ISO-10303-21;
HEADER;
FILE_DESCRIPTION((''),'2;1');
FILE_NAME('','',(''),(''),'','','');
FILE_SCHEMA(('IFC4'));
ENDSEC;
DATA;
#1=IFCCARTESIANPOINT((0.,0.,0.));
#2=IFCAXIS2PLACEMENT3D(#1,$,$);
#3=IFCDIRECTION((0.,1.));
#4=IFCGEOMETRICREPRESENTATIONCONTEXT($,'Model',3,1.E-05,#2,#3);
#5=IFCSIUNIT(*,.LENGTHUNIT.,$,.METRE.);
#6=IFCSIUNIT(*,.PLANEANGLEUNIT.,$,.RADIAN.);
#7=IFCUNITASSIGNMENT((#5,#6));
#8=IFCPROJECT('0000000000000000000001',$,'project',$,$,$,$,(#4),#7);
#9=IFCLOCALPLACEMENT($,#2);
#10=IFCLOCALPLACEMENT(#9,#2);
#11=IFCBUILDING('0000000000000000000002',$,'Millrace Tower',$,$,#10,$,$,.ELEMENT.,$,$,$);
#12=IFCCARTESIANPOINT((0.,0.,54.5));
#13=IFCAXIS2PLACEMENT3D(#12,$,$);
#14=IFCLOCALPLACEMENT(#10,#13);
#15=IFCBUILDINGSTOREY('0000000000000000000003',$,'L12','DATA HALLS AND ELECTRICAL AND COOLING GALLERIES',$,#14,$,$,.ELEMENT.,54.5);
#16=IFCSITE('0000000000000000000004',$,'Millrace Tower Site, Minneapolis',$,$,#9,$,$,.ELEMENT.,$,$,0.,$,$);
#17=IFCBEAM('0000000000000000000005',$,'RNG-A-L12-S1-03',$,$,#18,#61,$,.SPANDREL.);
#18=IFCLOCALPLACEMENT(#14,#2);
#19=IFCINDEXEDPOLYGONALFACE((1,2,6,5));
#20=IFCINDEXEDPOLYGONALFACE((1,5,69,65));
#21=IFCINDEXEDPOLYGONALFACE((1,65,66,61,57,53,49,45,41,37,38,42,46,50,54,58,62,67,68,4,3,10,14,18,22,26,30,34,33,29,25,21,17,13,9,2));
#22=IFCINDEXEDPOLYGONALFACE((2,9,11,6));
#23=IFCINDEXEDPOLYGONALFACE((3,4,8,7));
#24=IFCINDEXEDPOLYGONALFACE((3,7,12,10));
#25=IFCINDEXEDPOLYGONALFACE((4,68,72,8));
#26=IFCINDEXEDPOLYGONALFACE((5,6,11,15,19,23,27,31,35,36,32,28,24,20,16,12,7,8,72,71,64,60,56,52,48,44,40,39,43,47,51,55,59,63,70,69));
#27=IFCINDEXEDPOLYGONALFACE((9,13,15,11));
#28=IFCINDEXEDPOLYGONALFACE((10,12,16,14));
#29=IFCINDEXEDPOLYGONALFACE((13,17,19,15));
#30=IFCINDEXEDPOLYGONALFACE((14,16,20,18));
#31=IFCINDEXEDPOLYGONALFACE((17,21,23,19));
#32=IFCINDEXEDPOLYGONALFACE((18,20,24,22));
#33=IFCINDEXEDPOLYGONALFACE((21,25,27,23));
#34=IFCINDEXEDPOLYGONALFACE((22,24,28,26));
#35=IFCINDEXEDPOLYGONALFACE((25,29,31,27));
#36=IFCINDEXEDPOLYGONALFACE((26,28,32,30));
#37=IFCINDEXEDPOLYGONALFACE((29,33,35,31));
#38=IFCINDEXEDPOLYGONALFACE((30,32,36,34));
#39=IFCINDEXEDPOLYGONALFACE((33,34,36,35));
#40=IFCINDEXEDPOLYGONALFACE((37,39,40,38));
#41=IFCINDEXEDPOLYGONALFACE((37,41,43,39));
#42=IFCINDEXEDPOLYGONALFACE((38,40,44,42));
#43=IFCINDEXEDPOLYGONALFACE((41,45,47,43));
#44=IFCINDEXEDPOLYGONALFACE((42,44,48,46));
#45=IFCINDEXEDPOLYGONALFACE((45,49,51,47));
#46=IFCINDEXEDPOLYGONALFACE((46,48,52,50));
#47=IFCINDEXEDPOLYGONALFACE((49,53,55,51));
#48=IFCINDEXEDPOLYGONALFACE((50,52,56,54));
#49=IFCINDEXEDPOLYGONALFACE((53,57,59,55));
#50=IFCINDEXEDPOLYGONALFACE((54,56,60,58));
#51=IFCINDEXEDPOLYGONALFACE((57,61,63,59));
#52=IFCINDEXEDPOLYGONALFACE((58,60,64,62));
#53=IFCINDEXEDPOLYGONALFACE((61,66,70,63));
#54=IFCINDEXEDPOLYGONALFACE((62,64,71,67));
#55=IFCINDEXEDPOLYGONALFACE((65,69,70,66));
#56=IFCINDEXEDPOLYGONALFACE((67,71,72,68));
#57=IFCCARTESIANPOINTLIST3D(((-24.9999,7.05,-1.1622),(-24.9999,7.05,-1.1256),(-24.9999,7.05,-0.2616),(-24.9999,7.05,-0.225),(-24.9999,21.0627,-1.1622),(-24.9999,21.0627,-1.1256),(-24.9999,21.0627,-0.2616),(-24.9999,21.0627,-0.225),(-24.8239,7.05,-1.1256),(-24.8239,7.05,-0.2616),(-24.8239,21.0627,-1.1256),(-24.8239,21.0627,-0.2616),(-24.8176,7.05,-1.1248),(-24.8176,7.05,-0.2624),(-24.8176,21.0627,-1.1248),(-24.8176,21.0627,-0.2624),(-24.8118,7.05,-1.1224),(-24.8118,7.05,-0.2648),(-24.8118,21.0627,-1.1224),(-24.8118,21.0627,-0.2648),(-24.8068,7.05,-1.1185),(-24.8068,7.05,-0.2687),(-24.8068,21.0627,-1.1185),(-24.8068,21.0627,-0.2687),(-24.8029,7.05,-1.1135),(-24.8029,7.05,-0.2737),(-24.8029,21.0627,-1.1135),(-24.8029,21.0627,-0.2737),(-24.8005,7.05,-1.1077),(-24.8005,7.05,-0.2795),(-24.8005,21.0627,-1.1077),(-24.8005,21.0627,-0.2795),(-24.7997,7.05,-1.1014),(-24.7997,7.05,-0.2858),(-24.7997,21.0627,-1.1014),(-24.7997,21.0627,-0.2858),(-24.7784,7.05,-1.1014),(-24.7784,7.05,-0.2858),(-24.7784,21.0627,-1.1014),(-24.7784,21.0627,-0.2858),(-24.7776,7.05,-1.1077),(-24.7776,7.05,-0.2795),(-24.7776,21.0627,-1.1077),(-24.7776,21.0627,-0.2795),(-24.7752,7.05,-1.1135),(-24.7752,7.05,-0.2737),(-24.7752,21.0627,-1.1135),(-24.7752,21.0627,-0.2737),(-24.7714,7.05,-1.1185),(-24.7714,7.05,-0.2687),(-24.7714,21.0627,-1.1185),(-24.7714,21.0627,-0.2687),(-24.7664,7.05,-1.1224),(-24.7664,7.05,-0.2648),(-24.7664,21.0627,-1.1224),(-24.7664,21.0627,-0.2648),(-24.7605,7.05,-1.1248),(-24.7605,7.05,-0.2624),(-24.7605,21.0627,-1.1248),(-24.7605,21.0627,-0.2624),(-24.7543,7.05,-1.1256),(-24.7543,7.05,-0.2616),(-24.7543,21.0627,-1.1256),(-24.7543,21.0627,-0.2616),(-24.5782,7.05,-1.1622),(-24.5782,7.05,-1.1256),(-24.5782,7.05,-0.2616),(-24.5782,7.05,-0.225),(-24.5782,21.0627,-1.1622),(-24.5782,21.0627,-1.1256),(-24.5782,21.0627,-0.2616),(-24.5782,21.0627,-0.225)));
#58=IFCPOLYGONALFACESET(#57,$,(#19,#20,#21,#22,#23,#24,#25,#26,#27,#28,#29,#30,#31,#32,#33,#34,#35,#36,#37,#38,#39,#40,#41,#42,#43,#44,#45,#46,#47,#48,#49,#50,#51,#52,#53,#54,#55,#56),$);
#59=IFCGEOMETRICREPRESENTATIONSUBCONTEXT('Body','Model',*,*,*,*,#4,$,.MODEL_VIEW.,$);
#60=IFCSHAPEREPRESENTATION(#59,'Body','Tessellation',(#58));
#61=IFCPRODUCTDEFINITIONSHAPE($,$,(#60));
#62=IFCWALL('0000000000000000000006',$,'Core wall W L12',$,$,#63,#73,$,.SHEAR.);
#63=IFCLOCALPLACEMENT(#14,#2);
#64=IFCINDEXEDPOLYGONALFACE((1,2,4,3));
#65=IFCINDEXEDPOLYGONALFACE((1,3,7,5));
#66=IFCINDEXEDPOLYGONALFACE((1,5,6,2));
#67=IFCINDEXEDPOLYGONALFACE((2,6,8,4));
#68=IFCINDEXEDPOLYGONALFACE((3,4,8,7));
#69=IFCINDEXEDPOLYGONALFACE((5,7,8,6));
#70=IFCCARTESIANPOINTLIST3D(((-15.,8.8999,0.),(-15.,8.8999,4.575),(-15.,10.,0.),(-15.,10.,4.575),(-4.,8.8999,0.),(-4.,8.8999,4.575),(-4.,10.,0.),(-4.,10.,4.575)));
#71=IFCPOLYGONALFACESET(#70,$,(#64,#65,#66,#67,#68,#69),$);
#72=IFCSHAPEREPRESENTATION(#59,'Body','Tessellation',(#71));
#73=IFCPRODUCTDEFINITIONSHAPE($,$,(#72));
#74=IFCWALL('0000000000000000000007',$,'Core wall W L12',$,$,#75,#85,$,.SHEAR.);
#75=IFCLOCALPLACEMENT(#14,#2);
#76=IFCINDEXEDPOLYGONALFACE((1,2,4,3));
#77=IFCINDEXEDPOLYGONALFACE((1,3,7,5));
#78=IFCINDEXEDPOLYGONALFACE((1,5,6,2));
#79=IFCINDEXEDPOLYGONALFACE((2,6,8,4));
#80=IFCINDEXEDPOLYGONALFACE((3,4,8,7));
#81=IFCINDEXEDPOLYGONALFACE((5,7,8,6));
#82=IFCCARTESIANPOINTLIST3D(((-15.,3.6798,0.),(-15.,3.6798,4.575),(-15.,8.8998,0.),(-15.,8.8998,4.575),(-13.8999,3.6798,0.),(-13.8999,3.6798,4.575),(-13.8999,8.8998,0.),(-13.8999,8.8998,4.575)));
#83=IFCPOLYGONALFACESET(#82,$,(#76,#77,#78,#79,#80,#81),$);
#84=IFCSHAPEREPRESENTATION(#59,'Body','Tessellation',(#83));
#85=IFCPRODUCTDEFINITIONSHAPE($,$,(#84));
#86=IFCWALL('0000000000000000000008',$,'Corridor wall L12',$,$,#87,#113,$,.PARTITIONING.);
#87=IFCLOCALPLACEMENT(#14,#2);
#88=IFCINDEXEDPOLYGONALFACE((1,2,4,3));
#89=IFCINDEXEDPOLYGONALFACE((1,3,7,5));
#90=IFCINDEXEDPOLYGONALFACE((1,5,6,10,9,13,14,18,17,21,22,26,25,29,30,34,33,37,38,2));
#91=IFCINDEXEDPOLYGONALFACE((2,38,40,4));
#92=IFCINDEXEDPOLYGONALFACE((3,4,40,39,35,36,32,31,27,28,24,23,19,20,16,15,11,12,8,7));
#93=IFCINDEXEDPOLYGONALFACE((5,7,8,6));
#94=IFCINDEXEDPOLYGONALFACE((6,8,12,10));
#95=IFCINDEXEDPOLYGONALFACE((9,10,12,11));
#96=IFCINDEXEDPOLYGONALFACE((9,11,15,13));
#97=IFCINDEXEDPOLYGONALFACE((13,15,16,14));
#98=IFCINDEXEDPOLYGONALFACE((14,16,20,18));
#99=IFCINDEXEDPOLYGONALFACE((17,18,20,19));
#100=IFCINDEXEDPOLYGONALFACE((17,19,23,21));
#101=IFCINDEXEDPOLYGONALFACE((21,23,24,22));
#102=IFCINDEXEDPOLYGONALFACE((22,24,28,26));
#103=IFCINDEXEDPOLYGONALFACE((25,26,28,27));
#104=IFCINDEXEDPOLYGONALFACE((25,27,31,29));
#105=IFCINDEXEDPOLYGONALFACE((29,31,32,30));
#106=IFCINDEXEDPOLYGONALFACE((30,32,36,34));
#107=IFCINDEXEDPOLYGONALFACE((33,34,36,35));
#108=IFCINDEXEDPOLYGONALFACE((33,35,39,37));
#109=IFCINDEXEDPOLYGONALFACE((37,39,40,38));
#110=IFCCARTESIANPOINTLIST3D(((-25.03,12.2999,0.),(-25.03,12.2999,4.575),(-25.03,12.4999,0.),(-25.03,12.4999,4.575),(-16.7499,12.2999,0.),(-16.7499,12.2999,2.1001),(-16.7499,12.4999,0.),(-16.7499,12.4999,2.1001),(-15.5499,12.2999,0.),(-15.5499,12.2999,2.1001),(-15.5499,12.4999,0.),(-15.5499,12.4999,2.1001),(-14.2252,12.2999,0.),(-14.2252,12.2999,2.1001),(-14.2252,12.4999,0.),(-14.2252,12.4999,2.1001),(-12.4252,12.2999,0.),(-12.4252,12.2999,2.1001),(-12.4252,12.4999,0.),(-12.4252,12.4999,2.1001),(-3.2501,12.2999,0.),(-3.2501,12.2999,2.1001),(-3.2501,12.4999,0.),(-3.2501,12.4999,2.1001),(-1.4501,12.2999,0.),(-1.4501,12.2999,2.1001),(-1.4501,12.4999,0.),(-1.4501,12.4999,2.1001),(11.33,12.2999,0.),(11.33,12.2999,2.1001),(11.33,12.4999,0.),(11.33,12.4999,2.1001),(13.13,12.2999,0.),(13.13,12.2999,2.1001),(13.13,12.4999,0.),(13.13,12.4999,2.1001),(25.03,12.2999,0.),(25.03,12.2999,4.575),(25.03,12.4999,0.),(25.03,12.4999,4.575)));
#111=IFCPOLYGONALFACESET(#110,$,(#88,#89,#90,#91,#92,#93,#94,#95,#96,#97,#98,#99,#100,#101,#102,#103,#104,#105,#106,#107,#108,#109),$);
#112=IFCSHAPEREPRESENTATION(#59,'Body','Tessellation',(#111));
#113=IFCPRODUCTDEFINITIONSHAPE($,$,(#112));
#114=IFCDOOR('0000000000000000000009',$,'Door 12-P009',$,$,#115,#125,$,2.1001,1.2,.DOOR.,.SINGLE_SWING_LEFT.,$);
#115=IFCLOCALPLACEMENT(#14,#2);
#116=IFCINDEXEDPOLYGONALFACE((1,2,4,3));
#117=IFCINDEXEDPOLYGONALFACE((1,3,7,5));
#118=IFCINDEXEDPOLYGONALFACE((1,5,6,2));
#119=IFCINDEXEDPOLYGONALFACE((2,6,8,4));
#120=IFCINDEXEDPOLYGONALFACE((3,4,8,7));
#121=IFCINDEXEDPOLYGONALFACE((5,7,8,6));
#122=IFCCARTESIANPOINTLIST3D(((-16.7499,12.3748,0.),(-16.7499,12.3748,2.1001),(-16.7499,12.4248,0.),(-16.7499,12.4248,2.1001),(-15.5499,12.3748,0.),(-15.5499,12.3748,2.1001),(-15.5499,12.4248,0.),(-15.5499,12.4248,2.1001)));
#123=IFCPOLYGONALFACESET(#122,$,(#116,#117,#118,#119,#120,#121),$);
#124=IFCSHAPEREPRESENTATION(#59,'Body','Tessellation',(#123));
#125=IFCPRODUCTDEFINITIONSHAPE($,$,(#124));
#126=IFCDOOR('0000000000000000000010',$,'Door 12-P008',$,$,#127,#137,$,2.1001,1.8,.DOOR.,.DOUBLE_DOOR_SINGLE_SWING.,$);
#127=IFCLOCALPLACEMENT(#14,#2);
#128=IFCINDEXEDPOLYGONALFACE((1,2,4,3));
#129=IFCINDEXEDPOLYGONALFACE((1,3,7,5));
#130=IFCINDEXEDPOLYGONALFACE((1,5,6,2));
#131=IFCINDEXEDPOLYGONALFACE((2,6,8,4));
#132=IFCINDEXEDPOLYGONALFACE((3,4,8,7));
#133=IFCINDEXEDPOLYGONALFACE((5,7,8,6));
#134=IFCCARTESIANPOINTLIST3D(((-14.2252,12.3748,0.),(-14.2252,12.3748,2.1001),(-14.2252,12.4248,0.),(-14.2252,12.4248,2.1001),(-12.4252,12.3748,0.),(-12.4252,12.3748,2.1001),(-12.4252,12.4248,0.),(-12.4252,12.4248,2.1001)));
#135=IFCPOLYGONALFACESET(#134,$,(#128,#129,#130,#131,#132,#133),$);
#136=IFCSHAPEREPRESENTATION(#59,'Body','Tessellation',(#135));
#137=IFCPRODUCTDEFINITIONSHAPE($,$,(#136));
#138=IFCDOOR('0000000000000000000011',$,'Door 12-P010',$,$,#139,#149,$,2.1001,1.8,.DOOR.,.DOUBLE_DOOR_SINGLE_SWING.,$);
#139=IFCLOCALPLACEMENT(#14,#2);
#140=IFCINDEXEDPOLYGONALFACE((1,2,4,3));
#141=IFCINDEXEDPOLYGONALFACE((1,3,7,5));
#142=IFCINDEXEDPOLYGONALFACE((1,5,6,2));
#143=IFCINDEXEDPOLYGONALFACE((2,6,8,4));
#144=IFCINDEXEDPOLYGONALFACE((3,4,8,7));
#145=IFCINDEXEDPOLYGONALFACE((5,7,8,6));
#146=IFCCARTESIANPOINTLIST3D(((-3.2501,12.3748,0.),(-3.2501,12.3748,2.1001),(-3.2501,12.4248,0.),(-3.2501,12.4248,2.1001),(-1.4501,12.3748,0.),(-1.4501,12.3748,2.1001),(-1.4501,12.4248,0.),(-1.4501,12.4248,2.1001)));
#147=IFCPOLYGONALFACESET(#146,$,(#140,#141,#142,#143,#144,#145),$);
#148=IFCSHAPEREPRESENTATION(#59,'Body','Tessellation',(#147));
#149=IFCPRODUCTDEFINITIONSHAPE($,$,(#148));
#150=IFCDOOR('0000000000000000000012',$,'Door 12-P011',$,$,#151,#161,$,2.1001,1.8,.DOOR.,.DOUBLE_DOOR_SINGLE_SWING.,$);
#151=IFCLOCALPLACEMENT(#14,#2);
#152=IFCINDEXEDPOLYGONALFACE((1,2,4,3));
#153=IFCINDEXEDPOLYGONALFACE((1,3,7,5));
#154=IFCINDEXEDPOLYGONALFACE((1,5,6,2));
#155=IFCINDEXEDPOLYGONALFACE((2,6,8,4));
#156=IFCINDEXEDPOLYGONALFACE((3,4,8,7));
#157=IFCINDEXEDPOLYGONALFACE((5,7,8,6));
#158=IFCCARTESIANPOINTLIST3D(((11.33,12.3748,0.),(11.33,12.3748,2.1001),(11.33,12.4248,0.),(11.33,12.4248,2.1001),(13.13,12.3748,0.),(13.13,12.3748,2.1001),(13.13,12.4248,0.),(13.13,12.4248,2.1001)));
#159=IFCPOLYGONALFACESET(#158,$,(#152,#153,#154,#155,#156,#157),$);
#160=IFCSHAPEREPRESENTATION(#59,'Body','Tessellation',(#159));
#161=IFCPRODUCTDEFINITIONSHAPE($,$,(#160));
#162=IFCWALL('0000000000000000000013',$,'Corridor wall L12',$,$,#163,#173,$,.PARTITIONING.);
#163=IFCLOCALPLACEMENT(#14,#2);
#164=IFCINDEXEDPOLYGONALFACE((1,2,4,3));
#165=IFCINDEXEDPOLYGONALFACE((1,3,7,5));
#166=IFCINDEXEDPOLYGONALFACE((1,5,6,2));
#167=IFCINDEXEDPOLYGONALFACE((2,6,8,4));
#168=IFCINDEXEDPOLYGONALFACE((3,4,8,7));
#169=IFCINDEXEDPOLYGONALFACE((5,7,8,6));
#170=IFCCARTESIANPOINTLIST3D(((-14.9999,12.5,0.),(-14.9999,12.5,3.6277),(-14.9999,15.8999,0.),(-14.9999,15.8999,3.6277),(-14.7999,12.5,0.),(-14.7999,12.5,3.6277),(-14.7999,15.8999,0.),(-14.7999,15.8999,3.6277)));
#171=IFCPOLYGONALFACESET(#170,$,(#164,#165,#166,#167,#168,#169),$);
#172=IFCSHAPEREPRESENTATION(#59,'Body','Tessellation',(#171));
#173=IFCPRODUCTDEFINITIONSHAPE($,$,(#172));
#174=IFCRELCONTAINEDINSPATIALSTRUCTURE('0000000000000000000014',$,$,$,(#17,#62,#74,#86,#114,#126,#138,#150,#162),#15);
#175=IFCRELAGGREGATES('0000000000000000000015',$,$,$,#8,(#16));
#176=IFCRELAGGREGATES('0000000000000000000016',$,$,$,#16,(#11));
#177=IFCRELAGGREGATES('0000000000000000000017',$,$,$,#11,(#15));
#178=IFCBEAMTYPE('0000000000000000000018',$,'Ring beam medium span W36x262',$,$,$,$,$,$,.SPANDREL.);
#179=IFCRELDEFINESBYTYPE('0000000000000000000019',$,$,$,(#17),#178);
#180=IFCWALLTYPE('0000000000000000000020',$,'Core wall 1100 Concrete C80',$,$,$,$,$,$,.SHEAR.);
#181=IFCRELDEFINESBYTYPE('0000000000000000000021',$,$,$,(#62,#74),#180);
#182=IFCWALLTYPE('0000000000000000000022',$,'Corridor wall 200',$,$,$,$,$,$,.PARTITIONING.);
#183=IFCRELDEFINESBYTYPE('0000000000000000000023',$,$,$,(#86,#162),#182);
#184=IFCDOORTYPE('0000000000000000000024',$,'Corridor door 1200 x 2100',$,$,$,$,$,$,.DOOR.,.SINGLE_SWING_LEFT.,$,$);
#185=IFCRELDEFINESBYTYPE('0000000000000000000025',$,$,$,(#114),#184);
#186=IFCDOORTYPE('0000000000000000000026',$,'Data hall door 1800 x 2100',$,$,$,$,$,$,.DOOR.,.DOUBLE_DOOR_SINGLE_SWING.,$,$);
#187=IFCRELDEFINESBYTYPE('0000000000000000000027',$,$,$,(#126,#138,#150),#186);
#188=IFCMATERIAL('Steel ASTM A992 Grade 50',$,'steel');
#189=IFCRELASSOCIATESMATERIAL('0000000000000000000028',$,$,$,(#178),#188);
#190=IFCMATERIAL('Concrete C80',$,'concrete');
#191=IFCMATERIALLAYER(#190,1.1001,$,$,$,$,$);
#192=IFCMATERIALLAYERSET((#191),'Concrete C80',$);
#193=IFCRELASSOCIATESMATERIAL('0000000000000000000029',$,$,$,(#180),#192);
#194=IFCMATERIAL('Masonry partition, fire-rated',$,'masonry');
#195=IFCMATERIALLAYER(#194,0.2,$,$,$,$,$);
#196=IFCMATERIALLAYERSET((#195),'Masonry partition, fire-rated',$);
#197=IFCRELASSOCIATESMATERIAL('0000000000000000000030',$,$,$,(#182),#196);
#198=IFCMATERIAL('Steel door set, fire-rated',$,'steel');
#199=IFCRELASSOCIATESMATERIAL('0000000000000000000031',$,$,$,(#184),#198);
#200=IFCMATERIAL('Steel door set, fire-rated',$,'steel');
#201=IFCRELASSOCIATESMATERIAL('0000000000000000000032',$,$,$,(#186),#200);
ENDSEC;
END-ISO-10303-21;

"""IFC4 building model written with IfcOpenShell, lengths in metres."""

from ifc_helpers import new_model, si_unit, direction, frame, frame_2d, origin, origin_2d, place, context, subcontext, project, spatial, rectangle, i_section, extrude, material, layer, layer_set, material_profile, profile_set, type_object, element, fill, save


model = new_model("IFC4")

# Units and contexts
model_context = context("Model", 3, precision=1e-05, world=origin(), true_north=direction((0.0, 1.0)))
body_context = subcontext(model_context, "Body", "Model", "MODEL_VIEW")
ifc_project = project(units=[si_unit("LENGTHUNIT", "METRE"), si_unit("PLANEANGLEUNIT", "RADIAN")], contexts=[model_context])

# Site, building, storey
site_placement = place(None, origin())
site = spatial("IfcSite", under=ifc_project, at=site_placement, Name="Millrace Tower Site, Minneapolis", CompositionType="ELEMENT", RefElevation=0.0)
building_placement = place(site_placement, origin())
building = spatial("IfcBuilding", under=site, at=building_placement, Name="Millrace Tower", CompositionType="ELEMENT")
storey_placement = place(building_placement, frame((0.0, 0.0, 54.5)))
storey = spatial("IfcBuildingStorey", under=building, at=storey_placement, Name="L12", Description="DATA HALLS AND ELECTRICAL AND COOLING GALLERIES", CompositionType="ELEMENT", Elevation=54.5)

# Beam
ifc_material_1 = material(Name="Steel ASTM A992 Grade 50", Category="steel")
ifc_material_profile_1 = material_profile(ifc_material_1, i_section(OverallWidth=0.4216, OverallDepth=0.9373, WebThickness=0.0212, FlangeThickness=0.0366, FilletRadius=0.0242, at=origin_2d()))
ifc_profile_set_1 = profile_set([ifc_material_profile_1], Name="Steel ASTM A992 Grade 50")
beam_type_1 = type_object("IfcBeamType", Name="Ring beam medium span W36x262", PredefinedType="SPANDREL", material=ifc_profile_set_1)
beam_1_placement = place(storey_placement, frame((-24.7891, 7.05, -0.6936), z_axis=(0.0, 1.0, 0.0), x_axis=(-1.0, 0.0, 0.0)))
element("IfcBeam", 1, at=beam_1_placement, inside=storey, type_object=beam_type_1, Name="RNG-A-L12-S1-03", PredefinedType="SPANDREL", context=body_context, shape_type="SweptSolid", body=[
    extrude(i_section(OverallWidth=0.4216, OverallDepth=0.9373, WebThickness=0.0212, FlangeThickness=0.0366, FilletRadius=0.0242, at=origin_2d()), origin(), (0.0, 0.0, 1.0), 14.0127),
])

# Walls
ifc_material_2 = material(Name="Concrete C80", Category="concrete")
ifc_layer_1 = layer(ifc_material_2, 1.1001)
ifc_layer_set_1 = layer_set([ifc_layer_1], Name="Concrete C80")
wall_type_1 = type_object("IfcWallType", Name="Core wall 1100 Concrete C80", PredefinedType="SHEAR", material=ifc_layer_set_1)
wall_1_placement = place(storey_placement, frame((-15.0, 9.45, 0.0), z_axis=(0.0, 0.0, 1.0), x_axis=(1.0, 0.0, 0.0)))
element("IfcWall", 2, at=wall_1_placement, inside=storey, type_object=wall_type_1, Name="Core wall W L12", PredefinedType="SHEAR", context=body_context, shape_type="SweptSolid", body=[
    extrude(rectangle(XDim=11.0, YDim=1.1001, at=frame_2d((5.5, 0.0))), origin(), (0.0, 0.0, 1.0), 4.575),
])
wall_2_placement = place(storey_placement, frame((-14.45, 3.6799, 0.0), z_axis=(0.0, 0.0, 1.0), x_axis=(0.0, 1.0, 0.0)))
element("IfcWall", 3, at=wall_2_placement, inside=storey, type_object=wall_type_1, Name="Core wall W L12", PredefinedType="SHEAR", context=body_context, shape_type="SweptSolid", body=[
    extrude(rectangle(XDim=5.22, YDim=1.1001, at=frame_2d((2.6099, 0.0))), origin(), (0.0, 0.0, 1.0), 4.575),
])

# Wall, openings, doors
ifc_material_3 = material(Name="Masonry partition, fire-rated", Category="masonry")
ifc_layer_2 = layer(ifc_material_3, 0.2)
ifc_layer_set_2 = layer_set([ifc_layer_2], Name="Masonry partition, fire-rated")
wall_type_2 = type_object("IfcWallType", Name="Corridor wall 200", PredefinedType="PARTITIONING", material=ifc_layer_set_2)
wall_3_placement = place(storey_placement, frame((-25.03, 12.3999, 0.0), z_axis=(0.0, 0.0, 1.0), x_axis=(1.0, 0.0, 0.0)))
wall_3 = element("IfcWall", 4, at=wall_3_placement, inside=storey, type_object=wall_type_2, Name="Corridor wall L12", PredefinedType="PARTITIONING", context=body_context, shape_type="SweptSolid", body=[
    extrude(rectangle(XDim=50.0601, YDim=0.2, at=frame_2d((25.03, 0.0))), origin(), (0.0, 0.0, 1.0), 4.575),
])
opening_1_placement = place(wall_3_placement, frame((10.8049, 0.0, 0.0)))
opening_1 = element("IfcOpeningElement", 5, at=opening_1_placement, cuts=wall_3, PredefinedType="OPENING", context=body_context, shape_type="SweptSolid", body=[
    extrude(rectangle(XDim=1.8, YDim=2.1001, at=frame_2d((0.8999, 1.05))), frame((0.0, 0.1099, 0.0), z_axis=(0.0, -1.0, 0.0), x_axis=(1.0, 0.0, 0.0)), (0.0, 0.0, 1.0), 0.22),
])
opening_2_placement = place(wall_3_placement, frame((8.28, 0.0, 0.0)))
opening_2 = element("IfcOpeningElement", 6, at=opening_2_placement, cuts=wall_3, PredefinedType="OPENING", context=body_context, shape_type="SweptSolid", body=[
    extrude(rectangle(XDim=1.2, YDim=2.1001, at=frame_2d((0.6001, 1.05))), frame((0.0, 0.1099, 0.0), z_axis=(0.0, -1.0, 0.0), x_axis=(1.0, 0.0, 0.0)), (0.0, 0.0, 1.0), 0.22),
])
opening_3_placement = place(wall_3_placement, frame((21.78, 0.0, 0.0)))
opening_3 = element("IfcOpeningElement", 7, at=opening_3_placement, cuts=wall_3, PredefinedType="OPENING", context=body_context, shape_type="SweptSolid", body=[
    extrude(rectangle(XDim=1.8, YDim=2.1001, at=frame_2d((0.8999, 1.05))), frame((0.0, 0.1099, 0.0), z_axis=(0.0, -1.0, 0.0), x_axis=(1.0, 0.0, 0.0)), (0.0, 0.0, 1.0), 0.22),
])
opening_4_placement = place(wall_3_placement, frame((36.3601, 0.0, 0.0)))
opening_4 = element("IfcOpeningElement", 8, at=opening_4_placement, cuts=wall_3, PredefinedType="OPENING", context=body_context, shape_type="SweptSolid", body=[
    extrude(rectangle(XDim=1.8, YDim=2.1001, at=frame_2d((0.8999, 1.05))), frame((0.0, 0.1099, 0.0), z_axis=(0.0, -1.0, 0.0), x_axis=(1.0, 0.0, 0.0)), (0.0, 0.0, 1.0), 0.22),
])
ifc_material_4 = material(Name="Steel door set, fire-rated", Category="steel")
door_type_1 = type_object("IfcDoorType", Name="Corridor door 1200 x 2100", OperationType="SINGLE_SWING_LEFT", PredefinedType="DOOR", material=ifc_material_4)
door_1_placement = place(opening_2_placement, origin())
door_1 = element("IfcDoor", 9, at=door_1_placement, inside=storey, type_object=door_type_1, Name="Door 12-P009", OperationType="SINGLE_SWING_LEFT", OverallHeight=2.1001, OverallWidth=1.2, PredefinedType="DOOR", context=body_context, shape_type="SweptSolid", body=[
    extrude(rectangle(XDim=1.2, YDim=2.1001, at=frame_2d((0.6001, 1.05))), frame((0.0, 0.0249, 0.0), z_axis=(0.0, -1.0, 0.0), x_axis=(1.0, 0.0, 0.0)), (0.0, 0.0, 1.0), 0.05),
])
fill(opening_2, door_1)
ifc_material_5 = material(Name="Steel door set, fire-rated", Category="steel")
door_type_2 = type_object("IfcDoorType", Name="Data hall door 1800 x 2100", OperationType="DOUBLE_DOOR_SINGLE_SWING", PredefinedType="DOOR", material=ifc_material_5)
door_2_placement = place(opening_1_placement, origin())
door_2 = element("IfcDoor", 10, at=door_2_placement, inside=storey, type_object=door_type_2, Name="Door 12-P008", OperationType="DOUBLE_DOOR_SINGLE_SWING", OverallHeight=2.1001, OverallWidth=1.8, PredefinedType="DOOR", context=body_context, shape_type="SweptSolid", body=[
    extrude(rectangle(XDim=1.8, YDim=2.1001, at=frame_2d((0.8999, 1.05))), frame((0.0, 0.0249, 0.0), z_axis=(0.0, -1.0, 0.0), x_axis=(1.0, 0.0, 0.0)), (0.0, 0.0, 1.0), 0.05),
])
fill(opening_1, door_2)
door_3_placement = place(opening_3_placement, origin())
door_3 = element("IfcDoor", 11, at=door_3_placement, inside=storey, type_object=door_type_2, Name="Door 12-P010", OperationType="DOUBLE_DOOR_SINGLE_SWING", OverallHeight=2.1001, OverallWidth=1.8, PredefinedType="DOOR", context=body_context, shape_type="SweptSolid", body=[
    extrude(rectangle(XDim=1.8, YDim=2.1001, at=frame_2d((0.8999, 1.05))), frame((0.0, 0.0249, 0.0), z_axis=(0.0, -1.0, 0.0), x_axis=(1.0, 0.0, 0.0)), (0.0, 0.0, 1.0), 0.05),
])
fill(opening_3, door_3)
door_4_placement = place(opening_4_placement, origin())
door_4 = element("IfcDoor", 12, at=door_4_placement, inside=storey, type_object=door_type_2, Name="Door 12-P011", OperationType="DOUBLE_DOOR_SINGLE_SWING", OverallHeight=2.1001, OverallWidth=1.8, PredefinedType="DOOR", context=body_context, shape_type="SweptSolid", body=[
    extrude(rectangle(XDim=1.8, YDim=2.1001, at=frame_2d((0.8999, 1.05))), frame((0.0, 0.0249, 0.0), z_axis=(0.0, -1.0, 0.0), x_axis=(1.0, 0.0, 0.0)), (0.0, 0.0, 1.0), 0.05),
])
fill(opening_4, door_4)

# Wall
wall_4_placement = place(storey_placement, frame((-14.8999, 12.5, 0.0), z_axis=(0.0, 0.0, 1.0), x_axis=(0.0, 1.0, 0.0)))
element("IfcWall", 13, at=wall_4_placement, inside=storey, type_object=wall_type_2, Name="Corridor wall L12", PredefinedType="PARTITIONING", context=body_context, shape_type="SweptSolid", body=[
    extrude(rectangle(XDim=3.3999, YDim=0.2, at=frame_2d((1.7, 0.0))), origin(), (0.0, 0.0, 1.0), 3.6277),
])

save(model, "model.ifc")
